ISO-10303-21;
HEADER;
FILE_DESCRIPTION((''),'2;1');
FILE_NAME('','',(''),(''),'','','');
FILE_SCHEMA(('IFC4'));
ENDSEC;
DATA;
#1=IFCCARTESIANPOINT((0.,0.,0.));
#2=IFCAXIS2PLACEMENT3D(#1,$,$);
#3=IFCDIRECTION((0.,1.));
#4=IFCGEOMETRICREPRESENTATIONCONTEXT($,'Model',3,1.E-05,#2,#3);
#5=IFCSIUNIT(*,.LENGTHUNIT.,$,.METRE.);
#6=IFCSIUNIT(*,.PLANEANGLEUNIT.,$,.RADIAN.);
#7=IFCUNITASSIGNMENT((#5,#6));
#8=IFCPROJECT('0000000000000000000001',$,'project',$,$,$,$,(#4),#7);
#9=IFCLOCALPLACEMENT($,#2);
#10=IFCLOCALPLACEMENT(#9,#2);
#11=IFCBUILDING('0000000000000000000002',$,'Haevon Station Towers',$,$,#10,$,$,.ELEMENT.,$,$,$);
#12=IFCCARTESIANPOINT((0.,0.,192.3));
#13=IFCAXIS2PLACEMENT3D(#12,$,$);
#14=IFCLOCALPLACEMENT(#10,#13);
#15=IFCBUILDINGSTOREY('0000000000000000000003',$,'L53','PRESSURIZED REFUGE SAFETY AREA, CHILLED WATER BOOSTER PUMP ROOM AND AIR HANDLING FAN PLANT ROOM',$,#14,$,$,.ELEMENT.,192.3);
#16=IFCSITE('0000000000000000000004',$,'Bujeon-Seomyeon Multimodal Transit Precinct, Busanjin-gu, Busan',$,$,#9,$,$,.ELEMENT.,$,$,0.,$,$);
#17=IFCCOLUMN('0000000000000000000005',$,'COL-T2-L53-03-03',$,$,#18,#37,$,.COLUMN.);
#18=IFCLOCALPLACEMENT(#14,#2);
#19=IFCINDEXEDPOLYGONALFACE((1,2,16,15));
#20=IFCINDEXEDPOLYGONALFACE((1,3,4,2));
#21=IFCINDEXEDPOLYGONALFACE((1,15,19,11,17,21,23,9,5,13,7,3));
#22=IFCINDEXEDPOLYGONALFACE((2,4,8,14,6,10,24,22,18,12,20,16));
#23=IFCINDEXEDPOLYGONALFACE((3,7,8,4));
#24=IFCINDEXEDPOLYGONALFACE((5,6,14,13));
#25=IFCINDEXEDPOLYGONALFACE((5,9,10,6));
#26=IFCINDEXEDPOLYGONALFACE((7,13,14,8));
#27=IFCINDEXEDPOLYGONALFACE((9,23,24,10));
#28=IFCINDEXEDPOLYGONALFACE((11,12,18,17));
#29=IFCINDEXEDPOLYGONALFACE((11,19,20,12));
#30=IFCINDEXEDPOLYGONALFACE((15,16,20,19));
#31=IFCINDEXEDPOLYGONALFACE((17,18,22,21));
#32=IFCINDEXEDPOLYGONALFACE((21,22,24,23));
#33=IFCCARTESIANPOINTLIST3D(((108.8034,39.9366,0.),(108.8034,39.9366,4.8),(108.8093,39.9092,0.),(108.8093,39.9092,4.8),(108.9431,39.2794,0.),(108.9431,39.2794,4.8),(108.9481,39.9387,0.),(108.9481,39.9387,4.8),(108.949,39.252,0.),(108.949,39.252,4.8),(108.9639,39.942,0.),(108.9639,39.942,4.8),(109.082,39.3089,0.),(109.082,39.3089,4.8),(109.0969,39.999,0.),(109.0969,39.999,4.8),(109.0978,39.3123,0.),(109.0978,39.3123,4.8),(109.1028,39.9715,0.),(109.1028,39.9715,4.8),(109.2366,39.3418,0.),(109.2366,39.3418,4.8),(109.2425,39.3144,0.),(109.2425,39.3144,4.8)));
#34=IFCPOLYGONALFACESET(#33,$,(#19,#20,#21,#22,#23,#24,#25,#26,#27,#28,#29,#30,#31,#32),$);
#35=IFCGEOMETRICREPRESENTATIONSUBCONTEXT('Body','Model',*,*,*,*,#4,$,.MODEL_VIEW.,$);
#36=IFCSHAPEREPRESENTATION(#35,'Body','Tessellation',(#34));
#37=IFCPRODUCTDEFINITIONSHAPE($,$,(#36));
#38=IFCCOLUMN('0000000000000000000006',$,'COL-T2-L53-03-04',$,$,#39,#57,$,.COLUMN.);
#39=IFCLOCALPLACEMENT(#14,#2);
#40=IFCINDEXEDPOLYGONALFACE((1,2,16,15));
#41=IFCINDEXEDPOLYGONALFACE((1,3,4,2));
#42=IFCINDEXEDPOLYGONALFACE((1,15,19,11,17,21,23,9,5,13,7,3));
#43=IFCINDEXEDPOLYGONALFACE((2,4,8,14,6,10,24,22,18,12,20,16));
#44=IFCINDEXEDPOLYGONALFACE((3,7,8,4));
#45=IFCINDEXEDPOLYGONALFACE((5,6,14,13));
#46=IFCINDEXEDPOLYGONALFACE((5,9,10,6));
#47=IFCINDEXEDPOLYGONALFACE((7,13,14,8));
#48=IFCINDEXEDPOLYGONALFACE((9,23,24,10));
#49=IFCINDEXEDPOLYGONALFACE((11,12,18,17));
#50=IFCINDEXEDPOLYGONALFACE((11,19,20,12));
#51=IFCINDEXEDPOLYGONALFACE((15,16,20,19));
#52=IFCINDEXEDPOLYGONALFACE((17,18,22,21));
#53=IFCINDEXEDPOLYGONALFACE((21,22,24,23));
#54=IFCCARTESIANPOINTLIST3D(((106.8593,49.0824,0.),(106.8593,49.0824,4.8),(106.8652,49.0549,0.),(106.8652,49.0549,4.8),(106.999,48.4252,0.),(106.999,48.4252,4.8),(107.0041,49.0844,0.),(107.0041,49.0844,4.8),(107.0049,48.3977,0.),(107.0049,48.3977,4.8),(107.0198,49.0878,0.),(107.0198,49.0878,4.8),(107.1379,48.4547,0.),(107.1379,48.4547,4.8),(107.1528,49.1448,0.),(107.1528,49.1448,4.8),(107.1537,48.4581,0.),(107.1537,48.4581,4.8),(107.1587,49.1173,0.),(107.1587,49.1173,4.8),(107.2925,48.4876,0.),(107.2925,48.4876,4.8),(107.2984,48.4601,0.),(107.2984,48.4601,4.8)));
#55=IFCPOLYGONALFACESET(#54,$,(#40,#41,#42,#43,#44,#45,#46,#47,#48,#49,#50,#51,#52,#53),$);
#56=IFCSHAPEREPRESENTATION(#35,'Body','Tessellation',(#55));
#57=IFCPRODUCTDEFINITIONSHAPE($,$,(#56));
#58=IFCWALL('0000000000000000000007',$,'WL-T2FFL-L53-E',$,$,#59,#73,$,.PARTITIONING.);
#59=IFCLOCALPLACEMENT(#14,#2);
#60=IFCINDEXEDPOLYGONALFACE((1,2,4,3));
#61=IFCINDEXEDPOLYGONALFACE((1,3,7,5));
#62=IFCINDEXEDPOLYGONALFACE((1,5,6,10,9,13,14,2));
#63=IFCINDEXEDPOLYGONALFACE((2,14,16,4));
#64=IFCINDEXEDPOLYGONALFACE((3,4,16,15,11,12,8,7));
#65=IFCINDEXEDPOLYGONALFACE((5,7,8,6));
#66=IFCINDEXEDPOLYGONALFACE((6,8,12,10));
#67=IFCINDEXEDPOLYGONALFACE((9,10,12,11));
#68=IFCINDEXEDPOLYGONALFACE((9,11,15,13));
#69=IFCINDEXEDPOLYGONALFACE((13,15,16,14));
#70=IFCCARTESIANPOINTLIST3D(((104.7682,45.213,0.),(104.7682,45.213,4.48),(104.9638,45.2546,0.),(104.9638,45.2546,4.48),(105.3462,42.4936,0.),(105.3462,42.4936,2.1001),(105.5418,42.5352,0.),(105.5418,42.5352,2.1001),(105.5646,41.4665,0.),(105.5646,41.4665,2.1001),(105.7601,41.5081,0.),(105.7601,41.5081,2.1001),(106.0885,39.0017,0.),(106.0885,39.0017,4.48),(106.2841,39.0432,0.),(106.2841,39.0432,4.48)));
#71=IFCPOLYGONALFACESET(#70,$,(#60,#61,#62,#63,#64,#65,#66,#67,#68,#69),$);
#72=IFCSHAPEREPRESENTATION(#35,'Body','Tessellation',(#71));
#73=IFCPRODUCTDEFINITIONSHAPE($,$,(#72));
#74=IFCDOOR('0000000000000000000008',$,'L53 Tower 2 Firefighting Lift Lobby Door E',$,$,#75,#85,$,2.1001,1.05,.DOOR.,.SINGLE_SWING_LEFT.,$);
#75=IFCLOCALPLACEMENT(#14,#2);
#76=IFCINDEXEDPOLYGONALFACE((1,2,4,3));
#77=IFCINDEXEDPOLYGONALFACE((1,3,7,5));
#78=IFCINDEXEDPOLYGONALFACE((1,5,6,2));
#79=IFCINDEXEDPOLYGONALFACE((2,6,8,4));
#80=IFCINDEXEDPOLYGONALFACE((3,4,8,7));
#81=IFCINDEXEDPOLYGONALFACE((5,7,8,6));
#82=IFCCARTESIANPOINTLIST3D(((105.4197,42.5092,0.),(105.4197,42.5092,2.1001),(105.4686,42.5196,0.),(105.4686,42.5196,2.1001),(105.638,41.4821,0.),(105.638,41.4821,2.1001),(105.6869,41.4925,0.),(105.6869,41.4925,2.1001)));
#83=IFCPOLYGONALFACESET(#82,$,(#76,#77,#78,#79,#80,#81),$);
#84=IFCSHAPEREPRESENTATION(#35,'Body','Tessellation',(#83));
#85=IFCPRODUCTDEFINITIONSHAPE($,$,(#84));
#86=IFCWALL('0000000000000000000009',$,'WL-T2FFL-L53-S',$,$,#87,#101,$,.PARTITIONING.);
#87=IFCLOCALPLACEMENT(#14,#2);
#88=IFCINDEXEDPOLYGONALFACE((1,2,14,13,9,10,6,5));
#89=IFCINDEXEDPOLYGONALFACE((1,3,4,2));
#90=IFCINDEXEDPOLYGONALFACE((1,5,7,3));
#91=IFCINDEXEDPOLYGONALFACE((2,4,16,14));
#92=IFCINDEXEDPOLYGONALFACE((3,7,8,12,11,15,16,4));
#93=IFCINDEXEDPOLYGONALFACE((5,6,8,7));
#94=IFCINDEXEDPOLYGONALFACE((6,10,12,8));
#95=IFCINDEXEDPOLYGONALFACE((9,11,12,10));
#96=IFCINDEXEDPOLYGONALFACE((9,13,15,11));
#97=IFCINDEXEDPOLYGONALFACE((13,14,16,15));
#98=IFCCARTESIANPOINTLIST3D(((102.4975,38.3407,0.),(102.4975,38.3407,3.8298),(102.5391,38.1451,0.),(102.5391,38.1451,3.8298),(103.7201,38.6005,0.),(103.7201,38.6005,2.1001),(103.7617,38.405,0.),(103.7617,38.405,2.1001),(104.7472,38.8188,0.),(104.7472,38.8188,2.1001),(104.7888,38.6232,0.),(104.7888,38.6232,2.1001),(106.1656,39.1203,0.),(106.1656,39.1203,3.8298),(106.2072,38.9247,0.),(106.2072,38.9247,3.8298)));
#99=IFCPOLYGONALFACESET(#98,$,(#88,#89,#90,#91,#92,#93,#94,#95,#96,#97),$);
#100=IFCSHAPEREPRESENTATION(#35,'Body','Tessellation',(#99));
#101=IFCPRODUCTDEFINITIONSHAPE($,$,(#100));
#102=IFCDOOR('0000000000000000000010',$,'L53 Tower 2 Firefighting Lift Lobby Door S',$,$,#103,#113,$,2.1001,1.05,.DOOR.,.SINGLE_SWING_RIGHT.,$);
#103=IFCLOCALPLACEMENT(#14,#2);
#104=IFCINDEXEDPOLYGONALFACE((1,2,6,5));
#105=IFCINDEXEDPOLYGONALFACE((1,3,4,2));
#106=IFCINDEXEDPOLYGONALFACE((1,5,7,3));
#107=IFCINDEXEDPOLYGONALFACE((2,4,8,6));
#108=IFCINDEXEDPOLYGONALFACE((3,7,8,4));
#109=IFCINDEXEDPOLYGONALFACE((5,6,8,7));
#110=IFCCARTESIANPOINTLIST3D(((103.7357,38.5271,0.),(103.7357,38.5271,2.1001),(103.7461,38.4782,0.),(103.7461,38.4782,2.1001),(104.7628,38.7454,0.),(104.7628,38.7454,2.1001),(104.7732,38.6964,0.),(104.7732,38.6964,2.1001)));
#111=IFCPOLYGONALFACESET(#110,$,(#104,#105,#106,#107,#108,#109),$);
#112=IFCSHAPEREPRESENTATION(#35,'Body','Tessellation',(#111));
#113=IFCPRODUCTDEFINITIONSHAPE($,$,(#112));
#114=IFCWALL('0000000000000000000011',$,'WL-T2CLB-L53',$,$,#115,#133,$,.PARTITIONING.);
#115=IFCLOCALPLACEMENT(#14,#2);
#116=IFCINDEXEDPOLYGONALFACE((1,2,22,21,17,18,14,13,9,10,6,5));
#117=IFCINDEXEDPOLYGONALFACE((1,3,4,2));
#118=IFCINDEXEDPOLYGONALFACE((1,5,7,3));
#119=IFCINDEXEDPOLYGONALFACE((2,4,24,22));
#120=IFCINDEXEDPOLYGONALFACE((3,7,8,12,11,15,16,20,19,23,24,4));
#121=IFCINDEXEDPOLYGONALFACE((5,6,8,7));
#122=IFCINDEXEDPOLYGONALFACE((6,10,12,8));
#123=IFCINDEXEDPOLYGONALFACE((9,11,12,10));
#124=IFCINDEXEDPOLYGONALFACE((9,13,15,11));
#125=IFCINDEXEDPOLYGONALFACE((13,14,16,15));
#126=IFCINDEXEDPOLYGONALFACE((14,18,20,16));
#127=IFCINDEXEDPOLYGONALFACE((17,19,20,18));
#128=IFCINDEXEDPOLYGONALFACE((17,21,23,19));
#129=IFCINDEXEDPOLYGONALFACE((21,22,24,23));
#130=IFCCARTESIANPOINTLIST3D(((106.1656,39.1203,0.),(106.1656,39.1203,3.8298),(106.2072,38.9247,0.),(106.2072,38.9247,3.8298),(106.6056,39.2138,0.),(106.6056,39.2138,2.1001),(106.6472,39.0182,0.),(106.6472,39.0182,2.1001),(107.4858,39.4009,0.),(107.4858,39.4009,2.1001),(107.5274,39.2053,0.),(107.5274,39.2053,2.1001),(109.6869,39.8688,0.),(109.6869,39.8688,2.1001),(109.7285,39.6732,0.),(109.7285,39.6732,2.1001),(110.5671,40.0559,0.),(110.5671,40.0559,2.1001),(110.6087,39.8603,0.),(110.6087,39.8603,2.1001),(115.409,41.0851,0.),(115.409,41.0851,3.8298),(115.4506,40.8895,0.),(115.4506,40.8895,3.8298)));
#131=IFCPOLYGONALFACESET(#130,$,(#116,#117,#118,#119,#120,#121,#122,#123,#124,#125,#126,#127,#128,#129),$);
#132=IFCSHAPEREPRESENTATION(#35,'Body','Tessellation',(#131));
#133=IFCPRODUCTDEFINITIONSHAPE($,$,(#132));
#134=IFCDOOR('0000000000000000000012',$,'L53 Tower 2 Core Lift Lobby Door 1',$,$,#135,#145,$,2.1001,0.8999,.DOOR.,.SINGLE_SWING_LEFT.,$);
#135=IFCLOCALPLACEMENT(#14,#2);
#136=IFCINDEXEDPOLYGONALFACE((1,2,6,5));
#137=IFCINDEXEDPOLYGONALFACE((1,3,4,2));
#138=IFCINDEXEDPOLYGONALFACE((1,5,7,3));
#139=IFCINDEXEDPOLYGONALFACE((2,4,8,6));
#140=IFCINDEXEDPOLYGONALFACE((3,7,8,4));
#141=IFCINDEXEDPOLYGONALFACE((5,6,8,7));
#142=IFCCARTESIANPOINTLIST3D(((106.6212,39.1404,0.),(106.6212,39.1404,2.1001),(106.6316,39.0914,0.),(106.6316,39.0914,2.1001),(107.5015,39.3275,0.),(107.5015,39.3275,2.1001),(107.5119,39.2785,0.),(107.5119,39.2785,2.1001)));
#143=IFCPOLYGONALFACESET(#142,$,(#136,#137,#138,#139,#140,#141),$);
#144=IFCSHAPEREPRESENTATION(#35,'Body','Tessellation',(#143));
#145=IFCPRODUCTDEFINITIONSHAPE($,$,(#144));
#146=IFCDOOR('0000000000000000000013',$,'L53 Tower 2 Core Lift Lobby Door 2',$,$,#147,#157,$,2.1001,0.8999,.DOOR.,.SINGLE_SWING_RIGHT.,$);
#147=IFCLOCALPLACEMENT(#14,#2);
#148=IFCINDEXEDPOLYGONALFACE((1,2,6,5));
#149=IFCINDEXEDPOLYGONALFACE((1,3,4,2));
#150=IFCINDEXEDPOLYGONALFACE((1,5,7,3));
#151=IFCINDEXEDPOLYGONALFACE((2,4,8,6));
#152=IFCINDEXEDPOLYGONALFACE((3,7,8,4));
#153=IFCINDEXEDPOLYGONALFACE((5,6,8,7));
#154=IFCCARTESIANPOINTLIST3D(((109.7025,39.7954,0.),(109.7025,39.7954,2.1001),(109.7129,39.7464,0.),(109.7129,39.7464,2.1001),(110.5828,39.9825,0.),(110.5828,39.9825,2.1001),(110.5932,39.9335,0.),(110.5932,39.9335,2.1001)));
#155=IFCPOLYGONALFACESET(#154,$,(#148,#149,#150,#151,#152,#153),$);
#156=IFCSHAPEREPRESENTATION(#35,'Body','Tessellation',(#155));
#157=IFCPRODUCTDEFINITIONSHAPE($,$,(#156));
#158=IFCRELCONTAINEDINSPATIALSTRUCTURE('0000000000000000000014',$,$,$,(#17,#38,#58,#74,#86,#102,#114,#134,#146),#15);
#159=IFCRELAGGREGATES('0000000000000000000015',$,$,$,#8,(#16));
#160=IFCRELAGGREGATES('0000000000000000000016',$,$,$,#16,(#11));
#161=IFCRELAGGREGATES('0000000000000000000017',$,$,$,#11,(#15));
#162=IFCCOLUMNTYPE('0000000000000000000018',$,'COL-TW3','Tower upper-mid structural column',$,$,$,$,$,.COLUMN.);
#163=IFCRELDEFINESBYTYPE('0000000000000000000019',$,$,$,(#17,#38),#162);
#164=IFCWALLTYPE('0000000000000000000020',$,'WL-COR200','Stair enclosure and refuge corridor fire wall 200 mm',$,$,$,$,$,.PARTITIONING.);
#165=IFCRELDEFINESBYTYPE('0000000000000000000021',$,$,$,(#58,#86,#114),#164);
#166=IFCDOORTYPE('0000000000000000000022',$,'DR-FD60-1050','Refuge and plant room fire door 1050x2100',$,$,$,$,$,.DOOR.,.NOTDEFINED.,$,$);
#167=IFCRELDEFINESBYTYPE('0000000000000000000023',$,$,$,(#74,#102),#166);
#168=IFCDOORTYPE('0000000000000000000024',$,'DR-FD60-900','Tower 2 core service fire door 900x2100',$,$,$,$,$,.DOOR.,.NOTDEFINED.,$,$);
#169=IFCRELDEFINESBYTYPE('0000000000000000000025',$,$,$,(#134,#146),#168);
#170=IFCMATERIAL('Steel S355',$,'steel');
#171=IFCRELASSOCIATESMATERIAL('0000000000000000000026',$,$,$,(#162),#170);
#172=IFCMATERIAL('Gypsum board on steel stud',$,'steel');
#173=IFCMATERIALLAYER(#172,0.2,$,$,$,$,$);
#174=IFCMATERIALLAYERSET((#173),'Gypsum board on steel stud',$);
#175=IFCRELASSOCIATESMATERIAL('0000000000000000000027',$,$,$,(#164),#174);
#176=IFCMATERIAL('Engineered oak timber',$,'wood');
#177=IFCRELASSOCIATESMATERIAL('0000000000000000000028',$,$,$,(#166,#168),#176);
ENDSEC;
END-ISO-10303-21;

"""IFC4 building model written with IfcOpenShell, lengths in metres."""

from ifc_helpers import new_model, si_unit, direction, frame, frame_2d, origin, origin_2d, place, context, subcontext, project, spatial, rectangle, i_section, extrude, material, layer, layer_set, material_profile, profile_set, type_object, element, fill, save


model = new_model("IFC4")

# Units and contexts
model_context = context("Model", 3, precision=1e-05, world=origin(), true_north=direction((0.0, 1.0)))
body_context = subcontext(model_context, "Body", "Model", "MODEL_VIEW")
ifc_project = project(units=[si_unit("LENGTHUNIT", "METRE"), si_unit("PLANEANGLEUNIT", "RADIAN")], contexts=[model_context])

# Site, building, storey
site_placement = place(None, origin())
site = spatial("IfcSite", under=ifc_project, at=site_placement, Name="Bujeon-Seomyeon Multimodal Transit Precinct, Busanjin-gu, Busan", CompositionType="ELEMENT", RefElevation=0.0)
building_placement = place(site_placement, origin())
building = spatial("IfcBuilding", under=site, at=building_placement, Name="Haevon Station Towers", CompositionType="ELEMENT")
storey_placement = place(building_placement, frame((0.0, 0.0, 192.3)))
storey = spatial("IfcBuildingStorey", under=building, at=storey_placement, Name="L53", Description="PRESSURIZED REFUGE SAFETY AREA, CHILLED WATER BOOSTER PUMP ROOM AND AIR HANDLING FAN PLANT ROOM", CompositionType="ELEMENT", Elevation=192.3)

# Columns
ifc_material_1 = material(Name="Steel S355", Category="steel")
ifc_material_profile = material_profile(ifc_material_1, i_section(OverallWidth=0.3, OverallDepth=0.7, WebThickness=0.0161, FlangeThickness=0.0281, at=origin_2d()), Name="H-700x300x16x28")
ifc_profile_set = profile_set([ifc_material_profile], Name="Steel S355")
column_type = type_object("IfcColumnType", Name="COL-TW3", Description="Tower upper-mid structural column", PredefinedType="COLUMN", material=ifc_profile_set)
for number, where, z_axis, x_axis, name in (
    (1, (109.0229, 39.6255, 0.0), (0.0, 0.0, 1.0), (0.978148, 0.207912, 0.0), "COL-T2-L53-03-03"),
    (2, (107.0789, 48.7712, 0.0), (0.0, 0.0, 1.0), (0.978148, 0.207912, 0.0), "COL-T2-L53-03-04"),
):
    element("IfcColumn", number, at=place(storey_placement, frame(where, z_axis=z_axis, x_axis=x_axis)), inside=storey, type_object=column_type, Name=name, PredefinedType="COLUMN", context=body_context, shape_type="SweptSolid", body=[
        extrude(i_section(OverallWidth=0.3, OverallDepth=0.7, WebThickness=0.0161, FlangeThickness=0.0281, at=origin_2d()), origin(), (0.0, 0.0, 1.0), 4.8),
    ])

# Walls, openings, doors
ifc_material_2 = material(Name="Gypsum board on steel stud", Category="steel")
ifc_layer_1 = layer(ifc_material_2, 0.2)
ifc_layer_set_1 = layer_set([ifc_layer_1], Name="Gypsum board on steel stud")
wall_type_1 = type_object("IfcWallType", Name="WL-COR200", Description="Stair enclosure and refuge corridor fire wall 200 mm", PredefinedType="PARTITIONING", material=ifc_layer_set_1)
wall_1_placement = place(storey_placement, frame((106.1863, 39.0225, 0.0), z_axis=(0.0, 0.0, 1.0), x_axis=(-0.207917, 0.978147, 0.0)))
wall_1 = element("IfcWall", 3, at=wall_1_placement, inside=storey, type_object=wall_type_1, Name="WL-T2FFL-L53-E", PredefinedType="PARTITIONING", context=body_context, shape_type="SweptSolid", body=[
    extrude(rectangle(XDim=6.3501, YDim=0.2, at=frame_2d((3.175, 0.0))), origin(), (0.0, 0.0, 1.0), 4.48),
])
opening_1_placement = place(wall_1_placement, frame((2.52, 0.0, 0.0)))
opening_1 = element("IfcOpeningElement", 4, at=opening_1_placement, cuts=wall_1, PredefinedType="OPENING", context=body_context, shape_type="SweptSolid", body=[
    extrude(rectangle(XDim=1.05, YDim=2.1001, at=frame_2d((0.5249, 1.05))), frame((0.0, 0.1099, 0.0), z_axis=(0.0, -1.0, 0.0), x_axis=(1.0, 0.0, 0.0)), (0.0, 0.0, 1.0), 0.22),
])
ifc_material_3 = material(Name="Engineered oak timber", Category="wood")
door_type_1 = type_object("IfcDoorType", Name="DR-FD60-1050", Description="Refuge and plant room fire door 1050x2100", OperationType="NOTDEFINED", PredefinedType="DOOR", material=ifc_material_3)
door_1_placement = place(opening_1_placement, origin())
door_1 = element("IfcDoor", 5, at=door_1_placement, inside=storey, type_object=door_type_1, Name="L53 Tower 2 Firefighting Lift Lobby Door E", OperationType="SINGLE_SWING_LEFT", OverallHeight=2.1001, OverallWidth=1.05, PredefinedType="DOOR", context=body_context, shape_type="SweptSolid", body=[
    extrude(rectangle(XDim=1.05, YDim=2.1001, at=frame_2d((0.5249, 1.05))), frame((0.0, 0.0249, 0.0), z_axis=(0.0, -1.0, 0.0), x_axis=(1.0, 0.0, 0.0)), (0.0, 0.0, 1.0), 0.05),
])
fill(opening_1, door_1)
wall_2_placement = place(storey_placement, frame((102.5183, 38.2429, 0.0), z_axis=(0.0, 0.0, 1.0), x_axis=(0.978154, 0.207884, 0.0)))
wall_2 = element("IfcWall", 6, at=wall_2_placement, inside=storey, type_object=wall_type_1, Name="WL-T2FFL-L53-S", PredefinedType="PARTITIONING", context=body_context, shape_type="SweptSolid", body=[
    extrude(rectangle(XDim=3.75, YDim=0.2, at=frame_2d((1.875, 0.0))), origin(), (0.0, 0.0, 1.0), 3.8298),
])
opening_2_placement = place(wall_2_placement, frame((1.25, 0.0, 0.0)))
opening_2 = element("IfcOpeningElement", 7, at=opening_2_placement, cuts=wall_2, PredefinedType="OPENING", context=body_context, shape_type="SweptSolid", body=[
    extrude(rectangle(XDim=1.05, YDim=2.1001, at=frame_2d((0.5249, 1.05))), frame((0.0, 0.1099, 0.0), z_axis=(0.0, -1.0, 0.0), x_axis=(1.0, 0.0, 0.0)), (0.0, 0.0, 1.0), 0.22),
])
door_2_placement = place(opening_2_placement, origin())
door_2 = element("IfcDoor", 8, at=door_2_placement, inside=storey, type_object=door_type_1, Name="L53 Tower 2 Firefighting Lift Lobby Door S", OperationType="SINGLE_SWING_RIGHT", OverallHeight=2.1001, OverallWidth=1.05, PredefinedType="DOOR", context=body_context, shape_type="SweptSolid", body=[
    extrude(rectangle(XDim=1.05, YDim=2.1001, at=frame_2d((0.5249, 1.05))), frame((0.0, 0.0249, 0.0), z_axis=(0.0, -1.0, 0.0), x_axis=(1.0, 0.0, 0.0)), (0.0, 0.0, 1.0), 0.05),
])
fill(opening_2, door_2)

# Wall, openings, doors
wall_3_placement = place(storey_placement, frame((106.1863, 39.0225, 0.0), z_axis=(0.0, 0.0, 1.0), x_axis=(0.978146, 0.207921, 0.0)))
wall_3 = element("IfcWall", 9, at=wall_3_placement, inside=storey, type_object=wall_type_1, Name="WL-T2CLB-L53", PredefinedType="PARTITIONING", context=body_context, shape_type="SweptSolid", body=[
    extrude(rectangle(XDim=9.45, YDim=0.2, at=frame_2d((4.7251, 0.0))), origin(), (0.0, 0.0, 1.0), 3.8298),
])
opening_3_placement = place(wall_3_placement, frame((0.45, 0.0, 0.0)))
opening_3 = element("IfcOpeningElement", 10, at=opening_3_placement, cuts=wall_3, PredefinedType="OPENING", context=body_context, shape_type="SweptSolid", body=[
    extrude(rectangle(XDim=0.8999, YDim=2.1001, at=frame_2d((0.45, 1.05))), frame((0.0, 0.1099, 0.0), z_axis=(0.0, -1.0, 0.0), x_axis=(1.0, 0.0, 0.0)), (0.0, 0.0, 1.0), 0.22),
])
opening_4_placement = place(wall_3_placement, frame((3.6001, 0.0, 0.0)))
opening_4 = element("IfcOpeningElement", 11, at=opening_4_placement, cuts=wall_3, PredefinedType="OPENING", context=body_context, shape_type="SweptSolid", body=[
    extrude(rectangle(XDim=0.8999, YDim=2.1001, at=frame_2d((0.45, 1.05))), frame((0.0, 0.1099, 0.0), z_axis=(0.0, -1.0, 0.0), x_axis=(1.0, 0.0, 0.0)), (0.0, 0.0, 1.0), 0.22),
])
door_type_2 = type_object("IfcDoorType", Name="DR-FD60-900", Description="Tower 2 core service fire door 900x2100", OperationType="NOTDEFINED", PredefinedType="DOOR", material=ifc_material_3)
door_3_placement = place(opening_3_placement, origin())
door_3 = element("IfcDoor", 12, at=door_3_placement, inside=storey, type_object=door_type_2, Name="L53 Tower 2 Core Lift Lobby Door 1", OperationType="SINGLE_SWING_LEFT", OverallHeight=2.1001, OverallWidth=0.8999, PredefinedType="DOOR", context=body_context, shape_type="SweptSolid", body=[
    extrude(rectangle(XDim=0.8999, YDim=2.1001, at=frame_2d((0.45, 1.05))), frame((0.0, 0.0249, 0.0), z_axis=(0.0, -1.0, 0.0), x_axis=(1.0, 0.0, 0.0)), (0.0, 0.0, 1.0), 0.05),
])
fill(opening_3, door_3)
door_4_placement = place(opening_4_placement, origin())
door_4 = element("IfcDoor", 13, at=door_4_placement, inside=storey, type_object=door_type_2, Name="L53 Tower 2 Core Lift Lobby Door 2", OperationType="SINGLE_SWING_RIGHT", OverallHeight=2.1001, OverallWidth=0.8999, PredefinedType="DOOR", context=body_context, shape_type="SweptSolid", body=[
    extrude(rectangle(XDim=0.8999, YDim=2.1001, at=frame_2d((0.45, 1.05))), frame((0.0, 0.0249, 0.0), z_axis=(0.0, -1.0, 0.0), x_axis=(1.0, 0.0, 0.0)), (0.0, 0.0, 1.0), 0.05),
])
fill(opening_4, door_4)

save(model, "model.ifc")
